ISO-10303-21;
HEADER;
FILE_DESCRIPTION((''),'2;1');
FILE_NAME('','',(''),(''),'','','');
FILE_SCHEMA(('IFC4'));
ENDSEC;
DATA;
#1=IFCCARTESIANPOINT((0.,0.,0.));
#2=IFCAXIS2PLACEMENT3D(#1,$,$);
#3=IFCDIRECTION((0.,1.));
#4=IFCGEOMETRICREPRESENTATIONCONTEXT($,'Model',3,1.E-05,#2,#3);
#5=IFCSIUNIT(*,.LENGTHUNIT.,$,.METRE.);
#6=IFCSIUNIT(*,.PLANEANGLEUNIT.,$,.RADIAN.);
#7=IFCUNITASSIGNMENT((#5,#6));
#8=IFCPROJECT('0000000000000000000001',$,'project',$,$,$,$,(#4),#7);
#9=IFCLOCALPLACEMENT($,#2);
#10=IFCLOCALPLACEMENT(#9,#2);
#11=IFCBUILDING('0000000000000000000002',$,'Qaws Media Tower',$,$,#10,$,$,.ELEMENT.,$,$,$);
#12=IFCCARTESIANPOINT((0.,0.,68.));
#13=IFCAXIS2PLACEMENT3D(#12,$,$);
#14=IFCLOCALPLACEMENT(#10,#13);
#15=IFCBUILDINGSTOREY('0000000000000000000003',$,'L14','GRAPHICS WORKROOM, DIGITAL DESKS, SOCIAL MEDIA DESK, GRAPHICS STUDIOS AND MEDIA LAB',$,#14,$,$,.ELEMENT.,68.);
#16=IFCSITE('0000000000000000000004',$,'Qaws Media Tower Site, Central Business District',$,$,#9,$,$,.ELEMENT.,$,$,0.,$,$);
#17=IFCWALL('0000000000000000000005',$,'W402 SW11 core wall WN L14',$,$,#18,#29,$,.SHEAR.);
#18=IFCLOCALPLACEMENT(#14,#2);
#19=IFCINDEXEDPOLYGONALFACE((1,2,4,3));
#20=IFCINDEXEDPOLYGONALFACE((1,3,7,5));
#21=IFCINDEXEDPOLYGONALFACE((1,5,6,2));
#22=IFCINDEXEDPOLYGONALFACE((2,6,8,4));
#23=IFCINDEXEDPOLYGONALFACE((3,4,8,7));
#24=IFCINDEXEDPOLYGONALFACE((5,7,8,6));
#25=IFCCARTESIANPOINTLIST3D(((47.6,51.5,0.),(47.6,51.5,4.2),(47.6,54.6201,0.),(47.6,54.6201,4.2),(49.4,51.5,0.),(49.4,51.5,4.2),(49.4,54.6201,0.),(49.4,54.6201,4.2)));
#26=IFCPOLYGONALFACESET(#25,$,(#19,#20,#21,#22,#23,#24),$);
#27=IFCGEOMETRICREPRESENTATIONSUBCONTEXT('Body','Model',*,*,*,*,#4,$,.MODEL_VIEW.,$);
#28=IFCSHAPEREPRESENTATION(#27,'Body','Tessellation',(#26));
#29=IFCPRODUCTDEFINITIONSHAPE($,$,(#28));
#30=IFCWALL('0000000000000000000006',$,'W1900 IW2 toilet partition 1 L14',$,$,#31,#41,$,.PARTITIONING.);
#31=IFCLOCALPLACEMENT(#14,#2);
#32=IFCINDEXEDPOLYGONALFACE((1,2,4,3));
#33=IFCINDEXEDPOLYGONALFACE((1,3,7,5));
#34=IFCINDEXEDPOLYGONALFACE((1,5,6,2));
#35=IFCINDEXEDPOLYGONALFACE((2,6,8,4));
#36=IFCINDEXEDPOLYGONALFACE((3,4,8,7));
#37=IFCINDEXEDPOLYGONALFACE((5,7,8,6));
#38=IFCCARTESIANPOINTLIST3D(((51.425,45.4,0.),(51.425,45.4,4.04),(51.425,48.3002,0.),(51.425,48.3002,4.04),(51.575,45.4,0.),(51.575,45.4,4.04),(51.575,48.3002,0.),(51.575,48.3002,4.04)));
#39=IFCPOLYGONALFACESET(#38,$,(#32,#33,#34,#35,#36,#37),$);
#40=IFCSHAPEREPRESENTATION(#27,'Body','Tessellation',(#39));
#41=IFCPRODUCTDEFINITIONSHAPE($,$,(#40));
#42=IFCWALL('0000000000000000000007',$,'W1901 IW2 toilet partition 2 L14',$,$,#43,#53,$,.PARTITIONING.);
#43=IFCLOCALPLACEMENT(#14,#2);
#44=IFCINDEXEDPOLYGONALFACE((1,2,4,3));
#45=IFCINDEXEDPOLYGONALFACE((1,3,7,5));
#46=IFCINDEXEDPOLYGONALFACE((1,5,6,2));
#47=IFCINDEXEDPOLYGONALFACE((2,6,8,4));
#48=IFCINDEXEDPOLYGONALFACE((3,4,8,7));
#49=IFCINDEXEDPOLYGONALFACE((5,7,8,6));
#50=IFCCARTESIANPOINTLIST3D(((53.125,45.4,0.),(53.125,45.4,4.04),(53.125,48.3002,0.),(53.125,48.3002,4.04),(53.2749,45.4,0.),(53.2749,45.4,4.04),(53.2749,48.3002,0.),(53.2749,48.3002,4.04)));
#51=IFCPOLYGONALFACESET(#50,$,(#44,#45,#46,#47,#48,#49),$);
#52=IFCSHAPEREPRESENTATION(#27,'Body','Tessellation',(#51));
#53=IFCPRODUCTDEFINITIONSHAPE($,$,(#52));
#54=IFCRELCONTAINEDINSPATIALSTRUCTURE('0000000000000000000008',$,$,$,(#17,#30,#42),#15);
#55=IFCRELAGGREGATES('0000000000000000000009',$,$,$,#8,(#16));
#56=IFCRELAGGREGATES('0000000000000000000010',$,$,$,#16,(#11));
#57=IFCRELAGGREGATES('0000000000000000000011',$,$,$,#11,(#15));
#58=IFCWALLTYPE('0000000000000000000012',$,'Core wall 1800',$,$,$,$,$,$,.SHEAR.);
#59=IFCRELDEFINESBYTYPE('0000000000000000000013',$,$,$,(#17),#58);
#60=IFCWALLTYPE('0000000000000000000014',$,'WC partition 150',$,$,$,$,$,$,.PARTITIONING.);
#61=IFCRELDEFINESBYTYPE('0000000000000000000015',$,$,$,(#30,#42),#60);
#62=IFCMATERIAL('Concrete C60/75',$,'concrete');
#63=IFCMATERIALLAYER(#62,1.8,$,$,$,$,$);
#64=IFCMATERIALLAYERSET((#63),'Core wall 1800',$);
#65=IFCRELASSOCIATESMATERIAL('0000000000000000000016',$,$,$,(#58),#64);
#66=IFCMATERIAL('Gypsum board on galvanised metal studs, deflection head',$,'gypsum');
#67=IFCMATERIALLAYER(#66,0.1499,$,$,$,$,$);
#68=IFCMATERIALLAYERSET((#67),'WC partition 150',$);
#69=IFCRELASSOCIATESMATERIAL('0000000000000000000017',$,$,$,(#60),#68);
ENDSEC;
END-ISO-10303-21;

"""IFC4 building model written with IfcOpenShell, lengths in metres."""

from ifc_helpers import new_model, si_unit, direction, frame, frame_2d, origin, place, context, subcontext, project, spatial, rectangle, extrude, material, layer, layer_set, type_object, element, save


model = new_model("IFC4")

# Units and contexts
model_context = context("Model", 3, precision=1e-05, world=origin(), true_north=direction((0.0, 1.0)))
body_context = subcontext(model_context, "Body", "Model", "MODEL_VIEW")
ifc_project = project(units=[si_unit("LENGTHUNIT", "METRE"), si_unit("PLANEANGLEUNIT", "RADIAN")], contexts=[model_context])

# Site, building, storey
site_placement = place(None, origin())
site = spatial("IfcSite", under=ifc_project, at=site_placement, Name="Qaws Media Tower Site, Central Business District", CompositionType="ELEMENT", RefElevation=0.0)
building_placement = place(site_placement, origin())
building = spatial("IfcBuilding", under=site, at=building_placement, Name="Qaws Media Tower", CompositionType="ELEMENT")
storey_placement = place(building_placement, frame((0.0, 0.0, 68.0)))
storey = spatial("IfcBuildingStorey", under=building, at=storey_placement, Name="L14", Description="GRAPHICS WORKROOM, DIGITAL DESKS, SOCIAL MEDIA DESK, GRAPHICS STUDIOS AND MEDIA LAB", CompositionType="ELEMENT", Elevation=68.0)

# Shared definitions
ifc_material_1 = material(Name="Concrete C60/75", Category="concrete")
ifc_layer_1 = layer(ifc_material_1, 1.8)
ifc_layer_set_1 = layer_set([ifc_layer_1], Name="Core wall 1800")
wall_type_1 = type_object("IfcWallType", Name="Core wall 1800", PredefinedType="SHEAR", material=ifc_layer_set_1)

# Walls
wall_1_placement = place(storey_placement, frame((48.5, 51.5, 0.0), z_axis=(0.0, 0.0, 1.0), x_axis=(0.0, 1.0, 0.0)))
element("IfcWall", 1, at=wall_1_placement, inside=storey, type_object=wall_type_1, Name="W402 SW11 core wall WN L14", PredefinedType="SHEAR", context=body_context, shape_type="SweptSolid", body=[
    extrude(rectangle(XDim=3.1201, YDim=1.8, at=frame_2d((1.5601, 0.0))), origin(), (0.0, 0.0, 1.0), 4.2),
])
ifc_material_2 = material(Name="Gypsum board on galvanised metal studs, deflection head", Category="gypsum")
ifc_layer_2 = layer(ifc_material_2, 0.1499)
ifc_layer_set_2 = layer_set([ifc_layer_2], Name="WC partition 150")
wall_type_2 = type_object("IfcWallType", Name="WC partition 150", PredefinedType="PARTITIONING", material=ifc_layer_set_2)
for number, where, z_axis, x_axis, name in (
    (2, (51.5, 45.3999, 0.0), (0.0, 0.0, 1.0), (0.0, 1.0, 0.0), "W1900 IW2 toilet partition 1 L14"),
    (3, (53.2, 45.3999, 0.0), (0.0, 0.0, 1.0), (0.0, 1.0, 0.0), "W1901 IW2 toilet partition 2 L14"),
):
    element("IfcWall", number, at=place(storey_placement, frame(where, z_axis=z_axis, x_axis=x_axis)), inside=storey, type_object=wall_type_2, Name=name, PredefinedType="PARTITIONING", context=body_context, shape_type="SweptSolid", body=[
        extrude(rectangle(XDim=2.9001, YDim=0.1499, at=frame_2d((1.4502, 0.0))), origin(), (0.0, 0.0, 1.0), 4.04),
    ])

save(model, "model.ifc")
